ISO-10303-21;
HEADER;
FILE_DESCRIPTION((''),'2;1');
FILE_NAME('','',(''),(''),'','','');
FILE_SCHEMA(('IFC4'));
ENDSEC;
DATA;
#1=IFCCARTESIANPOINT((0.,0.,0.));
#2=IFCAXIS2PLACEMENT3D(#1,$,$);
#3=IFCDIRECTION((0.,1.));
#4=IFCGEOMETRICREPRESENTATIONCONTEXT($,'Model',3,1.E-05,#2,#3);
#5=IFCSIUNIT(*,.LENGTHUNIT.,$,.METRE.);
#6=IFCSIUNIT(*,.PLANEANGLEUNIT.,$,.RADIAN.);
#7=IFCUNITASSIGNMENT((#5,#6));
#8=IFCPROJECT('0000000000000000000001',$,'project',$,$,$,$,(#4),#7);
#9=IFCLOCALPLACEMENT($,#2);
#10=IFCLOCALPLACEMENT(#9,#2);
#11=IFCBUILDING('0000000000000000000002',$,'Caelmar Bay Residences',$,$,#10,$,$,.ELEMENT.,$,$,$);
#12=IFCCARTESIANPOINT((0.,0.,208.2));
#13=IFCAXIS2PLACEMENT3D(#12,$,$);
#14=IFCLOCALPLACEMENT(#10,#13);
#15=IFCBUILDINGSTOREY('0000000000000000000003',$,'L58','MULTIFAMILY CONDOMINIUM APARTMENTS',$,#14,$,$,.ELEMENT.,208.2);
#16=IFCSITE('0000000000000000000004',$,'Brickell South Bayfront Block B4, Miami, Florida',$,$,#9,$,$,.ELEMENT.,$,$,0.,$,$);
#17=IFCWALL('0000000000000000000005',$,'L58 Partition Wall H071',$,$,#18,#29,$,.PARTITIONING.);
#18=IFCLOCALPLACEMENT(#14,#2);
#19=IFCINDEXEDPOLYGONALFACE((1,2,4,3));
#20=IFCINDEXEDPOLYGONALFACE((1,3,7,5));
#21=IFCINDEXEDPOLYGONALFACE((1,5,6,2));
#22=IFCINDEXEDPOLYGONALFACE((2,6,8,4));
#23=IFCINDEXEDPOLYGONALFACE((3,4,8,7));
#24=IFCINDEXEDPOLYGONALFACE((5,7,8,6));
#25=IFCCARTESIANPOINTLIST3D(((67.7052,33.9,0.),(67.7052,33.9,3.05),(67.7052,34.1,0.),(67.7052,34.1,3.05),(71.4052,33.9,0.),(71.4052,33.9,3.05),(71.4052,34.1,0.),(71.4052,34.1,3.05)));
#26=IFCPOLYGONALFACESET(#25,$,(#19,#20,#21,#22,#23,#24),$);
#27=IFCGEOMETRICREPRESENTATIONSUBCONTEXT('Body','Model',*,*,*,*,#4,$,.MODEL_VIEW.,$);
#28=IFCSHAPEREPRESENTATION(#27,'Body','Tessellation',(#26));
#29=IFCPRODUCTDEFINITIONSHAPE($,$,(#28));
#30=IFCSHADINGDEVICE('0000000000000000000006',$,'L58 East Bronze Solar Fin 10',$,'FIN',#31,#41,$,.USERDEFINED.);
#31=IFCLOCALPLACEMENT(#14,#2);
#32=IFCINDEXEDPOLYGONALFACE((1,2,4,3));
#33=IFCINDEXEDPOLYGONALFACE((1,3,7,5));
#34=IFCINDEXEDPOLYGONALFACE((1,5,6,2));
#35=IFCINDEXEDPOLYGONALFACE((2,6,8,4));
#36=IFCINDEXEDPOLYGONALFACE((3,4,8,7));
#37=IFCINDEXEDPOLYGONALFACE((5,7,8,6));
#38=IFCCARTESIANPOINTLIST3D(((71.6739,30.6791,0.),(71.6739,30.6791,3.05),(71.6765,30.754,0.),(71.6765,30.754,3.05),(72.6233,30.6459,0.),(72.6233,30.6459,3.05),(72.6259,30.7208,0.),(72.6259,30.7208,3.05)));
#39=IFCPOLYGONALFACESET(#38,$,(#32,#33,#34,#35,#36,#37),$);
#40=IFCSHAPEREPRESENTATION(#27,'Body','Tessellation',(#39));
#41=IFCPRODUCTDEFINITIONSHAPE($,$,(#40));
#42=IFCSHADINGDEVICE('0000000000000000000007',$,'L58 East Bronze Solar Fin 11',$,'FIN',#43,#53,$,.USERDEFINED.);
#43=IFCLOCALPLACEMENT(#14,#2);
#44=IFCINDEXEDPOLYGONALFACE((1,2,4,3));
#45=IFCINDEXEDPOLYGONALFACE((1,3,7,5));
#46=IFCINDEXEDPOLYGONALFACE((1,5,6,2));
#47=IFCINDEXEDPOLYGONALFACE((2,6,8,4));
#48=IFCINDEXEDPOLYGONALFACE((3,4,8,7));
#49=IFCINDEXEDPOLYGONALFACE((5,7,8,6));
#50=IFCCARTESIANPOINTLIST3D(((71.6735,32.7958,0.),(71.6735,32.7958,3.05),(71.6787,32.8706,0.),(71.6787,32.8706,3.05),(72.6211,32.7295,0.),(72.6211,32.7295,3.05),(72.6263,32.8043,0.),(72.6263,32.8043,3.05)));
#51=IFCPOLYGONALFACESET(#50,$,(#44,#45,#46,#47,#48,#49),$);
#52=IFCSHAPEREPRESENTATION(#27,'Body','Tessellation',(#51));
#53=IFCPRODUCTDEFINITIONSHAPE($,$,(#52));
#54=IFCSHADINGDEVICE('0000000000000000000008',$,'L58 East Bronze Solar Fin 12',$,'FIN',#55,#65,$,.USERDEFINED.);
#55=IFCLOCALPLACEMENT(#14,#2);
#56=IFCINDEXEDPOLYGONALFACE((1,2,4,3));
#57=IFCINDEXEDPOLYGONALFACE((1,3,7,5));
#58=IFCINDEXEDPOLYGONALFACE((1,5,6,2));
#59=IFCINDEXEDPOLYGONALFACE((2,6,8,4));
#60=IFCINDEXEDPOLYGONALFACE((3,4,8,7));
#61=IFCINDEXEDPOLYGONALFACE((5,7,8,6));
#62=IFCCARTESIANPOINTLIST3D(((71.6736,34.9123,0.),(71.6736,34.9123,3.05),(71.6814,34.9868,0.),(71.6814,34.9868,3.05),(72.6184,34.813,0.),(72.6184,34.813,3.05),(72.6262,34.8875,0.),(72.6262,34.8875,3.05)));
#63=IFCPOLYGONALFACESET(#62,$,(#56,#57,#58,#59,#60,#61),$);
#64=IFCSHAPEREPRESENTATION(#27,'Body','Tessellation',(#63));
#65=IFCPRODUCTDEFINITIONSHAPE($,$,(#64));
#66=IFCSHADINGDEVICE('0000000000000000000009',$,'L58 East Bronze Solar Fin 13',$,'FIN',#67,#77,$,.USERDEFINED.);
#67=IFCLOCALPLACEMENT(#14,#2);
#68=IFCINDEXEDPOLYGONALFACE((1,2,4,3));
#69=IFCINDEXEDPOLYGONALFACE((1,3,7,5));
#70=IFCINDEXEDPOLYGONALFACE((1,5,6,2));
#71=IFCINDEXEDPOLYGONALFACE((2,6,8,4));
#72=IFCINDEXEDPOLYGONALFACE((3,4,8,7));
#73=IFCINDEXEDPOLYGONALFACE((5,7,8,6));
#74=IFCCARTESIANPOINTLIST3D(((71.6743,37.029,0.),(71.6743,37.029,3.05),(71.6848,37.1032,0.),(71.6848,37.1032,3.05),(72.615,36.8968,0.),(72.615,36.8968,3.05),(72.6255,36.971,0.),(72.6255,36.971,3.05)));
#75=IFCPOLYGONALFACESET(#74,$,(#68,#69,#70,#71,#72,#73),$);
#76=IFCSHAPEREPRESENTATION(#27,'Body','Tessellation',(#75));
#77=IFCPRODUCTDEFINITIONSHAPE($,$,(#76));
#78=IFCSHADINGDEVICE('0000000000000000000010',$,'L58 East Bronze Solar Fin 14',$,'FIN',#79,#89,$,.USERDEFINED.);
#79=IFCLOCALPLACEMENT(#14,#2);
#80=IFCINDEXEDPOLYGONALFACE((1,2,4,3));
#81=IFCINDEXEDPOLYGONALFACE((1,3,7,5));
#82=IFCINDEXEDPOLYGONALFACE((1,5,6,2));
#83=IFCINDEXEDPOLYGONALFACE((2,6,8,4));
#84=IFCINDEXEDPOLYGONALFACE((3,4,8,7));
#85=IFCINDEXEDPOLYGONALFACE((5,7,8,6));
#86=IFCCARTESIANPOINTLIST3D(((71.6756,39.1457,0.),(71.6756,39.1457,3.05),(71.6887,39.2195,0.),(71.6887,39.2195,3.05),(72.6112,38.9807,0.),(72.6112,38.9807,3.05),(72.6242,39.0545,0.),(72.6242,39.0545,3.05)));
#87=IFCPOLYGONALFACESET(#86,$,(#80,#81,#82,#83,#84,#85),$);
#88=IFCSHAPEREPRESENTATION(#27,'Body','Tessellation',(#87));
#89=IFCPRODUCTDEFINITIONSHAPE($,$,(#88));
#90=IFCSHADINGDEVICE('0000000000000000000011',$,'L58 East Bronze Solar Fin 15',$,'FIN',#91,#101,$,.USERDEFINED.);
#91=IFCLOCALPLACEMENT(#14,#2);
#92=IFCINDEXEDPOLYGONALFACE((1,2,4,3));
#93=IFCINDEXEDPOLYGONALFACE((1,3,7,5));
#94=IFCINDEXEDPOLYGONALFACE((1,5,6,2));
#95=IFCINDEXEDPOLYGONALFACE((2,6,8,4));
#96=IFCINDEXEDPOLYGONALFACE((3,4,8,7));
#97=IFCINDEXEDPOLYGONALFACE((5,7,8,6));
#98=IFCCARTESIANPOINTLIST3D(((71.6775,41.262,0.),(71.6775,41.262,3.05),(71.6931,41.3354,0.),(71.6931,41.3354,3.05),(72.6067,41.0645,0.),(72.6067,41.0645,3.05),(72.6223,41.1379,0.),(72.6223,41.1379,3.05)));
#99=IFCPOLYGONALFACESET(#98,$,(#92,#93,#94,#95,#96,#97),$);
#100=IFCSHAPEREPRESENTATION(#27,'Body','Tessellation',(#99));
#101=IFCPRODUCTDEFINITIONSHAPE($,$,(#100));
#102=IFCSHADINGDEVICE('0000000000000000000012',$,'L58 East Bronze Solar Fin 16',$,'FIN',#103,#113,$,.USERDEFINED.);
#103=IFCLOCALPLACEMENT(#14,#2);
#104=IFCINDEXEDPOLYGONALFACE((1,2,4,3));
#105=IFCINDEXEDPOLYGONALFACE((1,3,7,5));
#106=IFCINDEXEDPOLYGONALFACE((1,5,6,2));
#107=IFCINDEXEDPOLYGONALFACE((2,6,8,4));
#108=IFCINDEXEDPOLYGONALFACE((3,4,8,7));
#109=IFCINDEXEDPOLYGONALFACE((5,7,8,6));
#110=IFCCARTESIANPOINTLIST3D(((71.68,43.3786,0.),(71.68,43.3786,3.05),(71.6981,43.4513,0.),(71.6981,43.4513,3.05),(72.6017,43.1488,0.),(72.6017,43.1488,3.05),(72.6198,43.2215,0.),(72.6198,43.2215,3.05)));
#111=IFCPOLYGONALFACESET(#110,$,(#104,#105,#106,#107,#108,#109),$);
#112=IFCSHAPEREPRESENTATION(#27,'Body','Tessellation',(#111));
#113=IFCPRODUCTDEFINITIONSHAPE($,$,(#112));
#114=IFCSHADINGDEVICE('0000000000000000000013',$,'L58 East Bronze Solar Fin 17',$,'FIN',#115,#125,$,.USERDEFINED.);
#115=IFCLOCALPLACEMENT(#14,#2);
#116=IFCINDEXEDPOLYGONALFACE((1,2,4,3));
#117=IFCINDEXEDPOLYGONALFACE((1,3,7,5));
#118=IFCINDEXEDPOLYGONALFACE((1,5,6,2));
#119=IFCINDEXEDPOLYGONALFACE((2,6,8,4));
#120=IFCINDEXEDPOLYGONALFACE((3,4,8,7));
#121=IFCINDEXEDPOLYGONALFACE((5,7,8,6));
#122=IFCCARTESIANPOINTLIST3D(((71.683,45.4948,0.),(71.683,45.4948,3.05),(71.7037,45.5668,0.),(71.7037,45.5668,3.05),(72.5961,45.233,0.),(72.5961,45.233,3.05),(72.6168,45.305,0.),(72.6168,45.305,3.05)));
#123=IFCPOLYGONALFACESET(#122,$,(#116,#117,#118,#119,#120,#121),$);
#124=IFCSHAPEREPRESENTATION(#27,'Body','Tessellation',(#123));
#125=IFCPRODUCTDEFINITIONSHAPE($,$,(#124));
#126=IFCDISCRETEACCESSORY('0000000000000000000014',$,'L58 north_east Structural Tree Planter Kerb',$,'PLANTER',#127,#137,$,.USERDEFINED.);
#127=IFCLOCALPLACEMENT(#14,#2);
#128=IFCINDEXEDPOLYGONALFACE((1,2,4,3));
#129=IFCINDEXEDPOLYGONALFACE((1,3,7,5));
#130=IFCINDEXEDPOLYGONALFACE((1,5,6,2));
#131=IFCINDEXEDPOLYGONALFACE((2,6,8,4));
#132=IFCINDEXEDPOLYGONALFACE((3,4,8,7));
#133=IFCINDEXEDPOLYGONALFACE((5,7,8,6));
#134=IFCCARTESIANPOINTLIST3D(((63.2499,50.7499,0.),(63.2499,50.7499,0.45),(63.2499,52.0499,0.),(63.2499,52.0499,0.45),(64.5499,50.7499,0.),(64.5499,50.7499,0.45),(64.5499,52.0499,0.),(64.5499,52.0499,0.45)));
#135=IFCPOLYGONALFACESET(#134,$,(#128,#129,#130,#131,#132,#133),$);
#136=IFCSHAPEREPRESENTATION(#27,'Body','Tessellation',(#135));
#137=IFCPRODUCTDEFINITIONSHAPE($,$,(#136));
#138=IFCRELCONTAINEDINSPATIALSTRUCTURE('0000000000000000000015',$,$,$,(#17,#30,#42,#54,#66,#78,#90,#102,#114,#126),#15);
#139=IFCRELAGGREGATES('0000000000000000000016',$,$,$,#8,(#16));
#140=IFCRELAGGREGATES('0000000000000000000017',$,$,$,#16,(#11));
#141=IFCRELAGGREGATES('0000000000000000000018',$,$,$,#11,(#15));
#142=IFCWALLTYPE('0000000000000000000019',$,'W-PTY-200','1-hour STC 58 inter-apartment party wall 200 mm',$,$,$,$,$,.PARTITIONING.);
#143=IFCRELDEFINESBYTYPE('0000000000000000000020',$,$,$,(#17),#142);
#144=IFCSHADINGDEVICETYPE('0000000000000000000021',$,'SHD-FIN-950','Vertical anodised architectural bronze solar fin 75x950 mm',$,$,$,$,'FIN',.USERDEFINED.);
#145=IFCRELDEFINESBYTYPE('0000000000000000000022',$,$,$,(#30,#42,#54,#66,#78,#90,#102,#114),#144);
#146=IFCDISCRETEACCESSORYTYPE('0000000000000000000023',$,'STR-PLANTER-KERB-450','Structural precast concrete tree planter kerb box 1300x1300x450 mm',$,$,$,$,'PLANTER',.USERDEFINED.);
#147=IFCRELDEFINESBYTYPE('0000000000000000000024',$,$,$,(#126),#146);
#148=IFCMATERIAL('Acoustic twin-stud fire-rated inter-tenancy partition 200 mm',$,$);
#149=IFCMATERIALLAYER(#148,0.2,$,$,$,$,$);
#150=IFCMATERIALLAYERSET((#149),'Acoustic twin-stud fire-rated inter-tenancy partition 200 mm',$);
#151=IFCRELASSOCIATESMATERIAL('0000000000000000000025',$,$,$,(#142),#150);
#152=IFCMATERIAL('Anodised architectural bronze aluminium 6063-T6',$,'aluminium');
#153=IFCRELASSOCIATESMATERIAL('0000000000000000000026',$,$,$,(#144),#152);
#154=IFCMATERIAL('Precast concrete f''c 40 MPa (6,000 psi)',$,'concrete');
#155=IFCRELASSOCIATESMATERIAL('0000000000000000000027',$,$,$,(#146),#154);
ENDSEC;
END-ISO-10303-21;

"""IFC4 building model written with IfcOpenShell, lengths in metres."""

from ifc_helpers import new_model, si_unit, direction, frame, frame_2d, origin, origin_2d, place, context, subcontext, project, spatial, rectangle, extrude, material, layer, layer_set, material_profile, profile_set, type_object, element, save


model = new_model("IFC4")

# Units and contexts
model_context = context("Model", 3, precision=1e-05, world=origin(), true_north=direction((0.0, 1.0)))
body_context = subcontext(model_context, "Body", "Model", "MODEL_VIEW")
ifc_project = project(units=[si_unit("LENGTHUNIT", "METRE"), si_unit("PLANEANGLEUNIT", "RADIAN")], contexts=[model_context])

# Site, building, storey
site_placement = place(None, origin())
site = spatial("IfcSite", under=ifc_project, at=site_placement, Name="Brickell South Bayfront Block B4, Miami, Florida", CompositionType="ELEMENT", RefElevation=0.0)
building_placement = place(site_placement, origin())
building = spatial("IfcBuilding", under=site, at=building_placement, Name="Caelmar Bay Residences", CompositionType="ELEMENT")
storey_placement = place(building_placement, frame((0.0, 0.0, 208.2)))
storey = spatial("IfcBuildingStorey", under=building, at=storey_placement, Name="L58", Description="MULTIFAMILY CONDOMINIUM APARTMENTS", CompositionType="ELEMENT", Elevation=208.2)

# Shared definitions
ifc_material_1 = material(Name="Precast concrete f'c 40 MPa (6,000 psi)", Category="concrete")

# Wall
ifc_material_2 = material(Name="Acoustic twin-stud fire-rated inter-tenancy partition 200 mm")
ifc_layer_1 = layer(ifc_material_2, 0.2)
ifc_layer_set_1 = layer_set([ifc_layer_1], Name="Acoustic twin-stud fire-rated inter-tenancy partition 200 mm")
wall_type_1 = type_object("IfcWallType", Name="W-PTY-200", Description="1-hour STC 58 inter-apartment party wall 200 mm", PredefinedType="PARTITIONING", material=ifc_layer_set_1)
wall_1_placement = place(storey_placement, frame((67.7051, 34.0, 0.0), z_axis=(0.0, 0.0, 1.0), x_axis=(1.0, 0.0, 0.0)))
element("IfcWall", 1, at=wall_1_placement, inside=storey, type_object=wall_type_1, Name="L58 Partition Wall H071", PredefinedType="PARTITIONING", context=body_context, shape_type="SweptSolid", body=[
    extrude(rectangle(XDim=3.7, YDim=0.2, at=frame_2d((1.8501, 0.0))), origin(), (0.0, 0.0, 1.0), 3.05),
])

# Shading devices
ifc_material_3 = material(Name="Anodised architectural bronze aluminium 6063-T6", Category="aluminium")
ifc_material_profile_1 = material_profile(ifc_material_3, rectangle(XDim=0.075, YDim=0.95, at=origin_2d()), Name="BRONZE-FIN-75X950")
ifc_profile_set_1 = profile_set([ifc_material_profile_1], Name="Anodised architectural bronze aluminium 6063-T6")
shading_device_type = type_object("IfcShadingDeviceType", Name="SHD-FIN-950", Description="Vertical anodised architectural bronze solar fin 75x950 mm", ElementType="FIN", PredefinedType="USERDEFINED", material=ifc_profile_set_1)
for number, where, z_axis, x_axis, name in (
    (2, (72.1499, 30.7, 0.0), (0.0, 0.0, 1.0), (0.034899, 0.999391, 0.0), "L58 East Bronze Solar Fin 10"),
    (3, (72.1499, 32.8, 0.0), (0.0, 0.0, 1.0), (0.069756, 0.997564, 0.0), "L58 East Bronze Solar Fin 11"),
    (4, (72.1499, 34.8999, 0.0), (0.0, 0.0, 1.0), (0.104528, 0.994522, 0.0), "L58 East Bronze Solar Fin 12"),
    (5, (72.1499, 37.0, 0.0), (0.0, 0.0, 1.0), (0.139173, 0.990268, 0.0), "L58 East Bronze Solar Fin 13"),
    (6, (72.1499, 39.1001, 0.0), (0.0, 0.0, 1.0), (0.173648, 0.984808, 0.0), "L58 East Bronze Solar Fin 14"),
    (7, (72.1499, 41.2, 0.0), (0.0, 0.0, 1.0), (0.207912, 0.978148, 0.0), "L58 East Bronze Solar Fin 15"),
    (8, (72.1499, 43.3, 0.0), (0.0, 0.0, 1.0), (0.241922, 0.970296, 0.0), "L58 East Bronze Solar Fin 16"),
    (9, (72.1499, 45.3999, 0.0), (0.0, 0.0, 1.0), (0.275637, 0.961262, 0.0), "L58 East Bronze Solar Fin 17"),
):
    element("IfcShadingDevice", number, at=place(storey_placement, frame(where, z_axis=z_axis, x_axis=x_axis)), inside=storey, type_object=shading_device_type, Name=name, ObjectType="FIN", PredefinedType="USERDEFINED", context=body_context, shape_type="SweptSolid", body=[
        extrude(rectangle(XDim=0.075, YDim=0.95, at=origin_2d()), origin(), (0.0, 0.0, 1.0), 3.05),
    ])

# Discrete accessory
discrete_accessory_type = type_object("IfcDiscreteAccessoryType", Name="STR-PLANTER-KERB-450", Description="Structural precast concrete tree planter kerb box 1300x1300x450 mm", ElementType="PLANTER", PredefinedType="USERDEFINED", material=ifc_material_1)
discrete_accessory_placement = place(storey_placement, frame((63.8999, 51.3999, 0.0), z_axis=(0.0, 0.0, 1.0), x_axis=(1.0, 0.0, 0.0)))
element("IfcDiscreteAccessory", 10, at=discrete_accessory_placement, inside=storey, type_object=discrete_accessory_type, Name="L58 north_east Structural Tree Planter Kerb", ObjectType="PLANTER", PredefinedType="USERDEFINED", context=body_context, shape_type="SweptSolid", body=[
    extrude(rectangle(XDim=1.3, YDim=1.3, at=origin_2d()), origin(), (0.0, 0.0, 1.0), 0.45),
])

save(model, "model.ifc")
